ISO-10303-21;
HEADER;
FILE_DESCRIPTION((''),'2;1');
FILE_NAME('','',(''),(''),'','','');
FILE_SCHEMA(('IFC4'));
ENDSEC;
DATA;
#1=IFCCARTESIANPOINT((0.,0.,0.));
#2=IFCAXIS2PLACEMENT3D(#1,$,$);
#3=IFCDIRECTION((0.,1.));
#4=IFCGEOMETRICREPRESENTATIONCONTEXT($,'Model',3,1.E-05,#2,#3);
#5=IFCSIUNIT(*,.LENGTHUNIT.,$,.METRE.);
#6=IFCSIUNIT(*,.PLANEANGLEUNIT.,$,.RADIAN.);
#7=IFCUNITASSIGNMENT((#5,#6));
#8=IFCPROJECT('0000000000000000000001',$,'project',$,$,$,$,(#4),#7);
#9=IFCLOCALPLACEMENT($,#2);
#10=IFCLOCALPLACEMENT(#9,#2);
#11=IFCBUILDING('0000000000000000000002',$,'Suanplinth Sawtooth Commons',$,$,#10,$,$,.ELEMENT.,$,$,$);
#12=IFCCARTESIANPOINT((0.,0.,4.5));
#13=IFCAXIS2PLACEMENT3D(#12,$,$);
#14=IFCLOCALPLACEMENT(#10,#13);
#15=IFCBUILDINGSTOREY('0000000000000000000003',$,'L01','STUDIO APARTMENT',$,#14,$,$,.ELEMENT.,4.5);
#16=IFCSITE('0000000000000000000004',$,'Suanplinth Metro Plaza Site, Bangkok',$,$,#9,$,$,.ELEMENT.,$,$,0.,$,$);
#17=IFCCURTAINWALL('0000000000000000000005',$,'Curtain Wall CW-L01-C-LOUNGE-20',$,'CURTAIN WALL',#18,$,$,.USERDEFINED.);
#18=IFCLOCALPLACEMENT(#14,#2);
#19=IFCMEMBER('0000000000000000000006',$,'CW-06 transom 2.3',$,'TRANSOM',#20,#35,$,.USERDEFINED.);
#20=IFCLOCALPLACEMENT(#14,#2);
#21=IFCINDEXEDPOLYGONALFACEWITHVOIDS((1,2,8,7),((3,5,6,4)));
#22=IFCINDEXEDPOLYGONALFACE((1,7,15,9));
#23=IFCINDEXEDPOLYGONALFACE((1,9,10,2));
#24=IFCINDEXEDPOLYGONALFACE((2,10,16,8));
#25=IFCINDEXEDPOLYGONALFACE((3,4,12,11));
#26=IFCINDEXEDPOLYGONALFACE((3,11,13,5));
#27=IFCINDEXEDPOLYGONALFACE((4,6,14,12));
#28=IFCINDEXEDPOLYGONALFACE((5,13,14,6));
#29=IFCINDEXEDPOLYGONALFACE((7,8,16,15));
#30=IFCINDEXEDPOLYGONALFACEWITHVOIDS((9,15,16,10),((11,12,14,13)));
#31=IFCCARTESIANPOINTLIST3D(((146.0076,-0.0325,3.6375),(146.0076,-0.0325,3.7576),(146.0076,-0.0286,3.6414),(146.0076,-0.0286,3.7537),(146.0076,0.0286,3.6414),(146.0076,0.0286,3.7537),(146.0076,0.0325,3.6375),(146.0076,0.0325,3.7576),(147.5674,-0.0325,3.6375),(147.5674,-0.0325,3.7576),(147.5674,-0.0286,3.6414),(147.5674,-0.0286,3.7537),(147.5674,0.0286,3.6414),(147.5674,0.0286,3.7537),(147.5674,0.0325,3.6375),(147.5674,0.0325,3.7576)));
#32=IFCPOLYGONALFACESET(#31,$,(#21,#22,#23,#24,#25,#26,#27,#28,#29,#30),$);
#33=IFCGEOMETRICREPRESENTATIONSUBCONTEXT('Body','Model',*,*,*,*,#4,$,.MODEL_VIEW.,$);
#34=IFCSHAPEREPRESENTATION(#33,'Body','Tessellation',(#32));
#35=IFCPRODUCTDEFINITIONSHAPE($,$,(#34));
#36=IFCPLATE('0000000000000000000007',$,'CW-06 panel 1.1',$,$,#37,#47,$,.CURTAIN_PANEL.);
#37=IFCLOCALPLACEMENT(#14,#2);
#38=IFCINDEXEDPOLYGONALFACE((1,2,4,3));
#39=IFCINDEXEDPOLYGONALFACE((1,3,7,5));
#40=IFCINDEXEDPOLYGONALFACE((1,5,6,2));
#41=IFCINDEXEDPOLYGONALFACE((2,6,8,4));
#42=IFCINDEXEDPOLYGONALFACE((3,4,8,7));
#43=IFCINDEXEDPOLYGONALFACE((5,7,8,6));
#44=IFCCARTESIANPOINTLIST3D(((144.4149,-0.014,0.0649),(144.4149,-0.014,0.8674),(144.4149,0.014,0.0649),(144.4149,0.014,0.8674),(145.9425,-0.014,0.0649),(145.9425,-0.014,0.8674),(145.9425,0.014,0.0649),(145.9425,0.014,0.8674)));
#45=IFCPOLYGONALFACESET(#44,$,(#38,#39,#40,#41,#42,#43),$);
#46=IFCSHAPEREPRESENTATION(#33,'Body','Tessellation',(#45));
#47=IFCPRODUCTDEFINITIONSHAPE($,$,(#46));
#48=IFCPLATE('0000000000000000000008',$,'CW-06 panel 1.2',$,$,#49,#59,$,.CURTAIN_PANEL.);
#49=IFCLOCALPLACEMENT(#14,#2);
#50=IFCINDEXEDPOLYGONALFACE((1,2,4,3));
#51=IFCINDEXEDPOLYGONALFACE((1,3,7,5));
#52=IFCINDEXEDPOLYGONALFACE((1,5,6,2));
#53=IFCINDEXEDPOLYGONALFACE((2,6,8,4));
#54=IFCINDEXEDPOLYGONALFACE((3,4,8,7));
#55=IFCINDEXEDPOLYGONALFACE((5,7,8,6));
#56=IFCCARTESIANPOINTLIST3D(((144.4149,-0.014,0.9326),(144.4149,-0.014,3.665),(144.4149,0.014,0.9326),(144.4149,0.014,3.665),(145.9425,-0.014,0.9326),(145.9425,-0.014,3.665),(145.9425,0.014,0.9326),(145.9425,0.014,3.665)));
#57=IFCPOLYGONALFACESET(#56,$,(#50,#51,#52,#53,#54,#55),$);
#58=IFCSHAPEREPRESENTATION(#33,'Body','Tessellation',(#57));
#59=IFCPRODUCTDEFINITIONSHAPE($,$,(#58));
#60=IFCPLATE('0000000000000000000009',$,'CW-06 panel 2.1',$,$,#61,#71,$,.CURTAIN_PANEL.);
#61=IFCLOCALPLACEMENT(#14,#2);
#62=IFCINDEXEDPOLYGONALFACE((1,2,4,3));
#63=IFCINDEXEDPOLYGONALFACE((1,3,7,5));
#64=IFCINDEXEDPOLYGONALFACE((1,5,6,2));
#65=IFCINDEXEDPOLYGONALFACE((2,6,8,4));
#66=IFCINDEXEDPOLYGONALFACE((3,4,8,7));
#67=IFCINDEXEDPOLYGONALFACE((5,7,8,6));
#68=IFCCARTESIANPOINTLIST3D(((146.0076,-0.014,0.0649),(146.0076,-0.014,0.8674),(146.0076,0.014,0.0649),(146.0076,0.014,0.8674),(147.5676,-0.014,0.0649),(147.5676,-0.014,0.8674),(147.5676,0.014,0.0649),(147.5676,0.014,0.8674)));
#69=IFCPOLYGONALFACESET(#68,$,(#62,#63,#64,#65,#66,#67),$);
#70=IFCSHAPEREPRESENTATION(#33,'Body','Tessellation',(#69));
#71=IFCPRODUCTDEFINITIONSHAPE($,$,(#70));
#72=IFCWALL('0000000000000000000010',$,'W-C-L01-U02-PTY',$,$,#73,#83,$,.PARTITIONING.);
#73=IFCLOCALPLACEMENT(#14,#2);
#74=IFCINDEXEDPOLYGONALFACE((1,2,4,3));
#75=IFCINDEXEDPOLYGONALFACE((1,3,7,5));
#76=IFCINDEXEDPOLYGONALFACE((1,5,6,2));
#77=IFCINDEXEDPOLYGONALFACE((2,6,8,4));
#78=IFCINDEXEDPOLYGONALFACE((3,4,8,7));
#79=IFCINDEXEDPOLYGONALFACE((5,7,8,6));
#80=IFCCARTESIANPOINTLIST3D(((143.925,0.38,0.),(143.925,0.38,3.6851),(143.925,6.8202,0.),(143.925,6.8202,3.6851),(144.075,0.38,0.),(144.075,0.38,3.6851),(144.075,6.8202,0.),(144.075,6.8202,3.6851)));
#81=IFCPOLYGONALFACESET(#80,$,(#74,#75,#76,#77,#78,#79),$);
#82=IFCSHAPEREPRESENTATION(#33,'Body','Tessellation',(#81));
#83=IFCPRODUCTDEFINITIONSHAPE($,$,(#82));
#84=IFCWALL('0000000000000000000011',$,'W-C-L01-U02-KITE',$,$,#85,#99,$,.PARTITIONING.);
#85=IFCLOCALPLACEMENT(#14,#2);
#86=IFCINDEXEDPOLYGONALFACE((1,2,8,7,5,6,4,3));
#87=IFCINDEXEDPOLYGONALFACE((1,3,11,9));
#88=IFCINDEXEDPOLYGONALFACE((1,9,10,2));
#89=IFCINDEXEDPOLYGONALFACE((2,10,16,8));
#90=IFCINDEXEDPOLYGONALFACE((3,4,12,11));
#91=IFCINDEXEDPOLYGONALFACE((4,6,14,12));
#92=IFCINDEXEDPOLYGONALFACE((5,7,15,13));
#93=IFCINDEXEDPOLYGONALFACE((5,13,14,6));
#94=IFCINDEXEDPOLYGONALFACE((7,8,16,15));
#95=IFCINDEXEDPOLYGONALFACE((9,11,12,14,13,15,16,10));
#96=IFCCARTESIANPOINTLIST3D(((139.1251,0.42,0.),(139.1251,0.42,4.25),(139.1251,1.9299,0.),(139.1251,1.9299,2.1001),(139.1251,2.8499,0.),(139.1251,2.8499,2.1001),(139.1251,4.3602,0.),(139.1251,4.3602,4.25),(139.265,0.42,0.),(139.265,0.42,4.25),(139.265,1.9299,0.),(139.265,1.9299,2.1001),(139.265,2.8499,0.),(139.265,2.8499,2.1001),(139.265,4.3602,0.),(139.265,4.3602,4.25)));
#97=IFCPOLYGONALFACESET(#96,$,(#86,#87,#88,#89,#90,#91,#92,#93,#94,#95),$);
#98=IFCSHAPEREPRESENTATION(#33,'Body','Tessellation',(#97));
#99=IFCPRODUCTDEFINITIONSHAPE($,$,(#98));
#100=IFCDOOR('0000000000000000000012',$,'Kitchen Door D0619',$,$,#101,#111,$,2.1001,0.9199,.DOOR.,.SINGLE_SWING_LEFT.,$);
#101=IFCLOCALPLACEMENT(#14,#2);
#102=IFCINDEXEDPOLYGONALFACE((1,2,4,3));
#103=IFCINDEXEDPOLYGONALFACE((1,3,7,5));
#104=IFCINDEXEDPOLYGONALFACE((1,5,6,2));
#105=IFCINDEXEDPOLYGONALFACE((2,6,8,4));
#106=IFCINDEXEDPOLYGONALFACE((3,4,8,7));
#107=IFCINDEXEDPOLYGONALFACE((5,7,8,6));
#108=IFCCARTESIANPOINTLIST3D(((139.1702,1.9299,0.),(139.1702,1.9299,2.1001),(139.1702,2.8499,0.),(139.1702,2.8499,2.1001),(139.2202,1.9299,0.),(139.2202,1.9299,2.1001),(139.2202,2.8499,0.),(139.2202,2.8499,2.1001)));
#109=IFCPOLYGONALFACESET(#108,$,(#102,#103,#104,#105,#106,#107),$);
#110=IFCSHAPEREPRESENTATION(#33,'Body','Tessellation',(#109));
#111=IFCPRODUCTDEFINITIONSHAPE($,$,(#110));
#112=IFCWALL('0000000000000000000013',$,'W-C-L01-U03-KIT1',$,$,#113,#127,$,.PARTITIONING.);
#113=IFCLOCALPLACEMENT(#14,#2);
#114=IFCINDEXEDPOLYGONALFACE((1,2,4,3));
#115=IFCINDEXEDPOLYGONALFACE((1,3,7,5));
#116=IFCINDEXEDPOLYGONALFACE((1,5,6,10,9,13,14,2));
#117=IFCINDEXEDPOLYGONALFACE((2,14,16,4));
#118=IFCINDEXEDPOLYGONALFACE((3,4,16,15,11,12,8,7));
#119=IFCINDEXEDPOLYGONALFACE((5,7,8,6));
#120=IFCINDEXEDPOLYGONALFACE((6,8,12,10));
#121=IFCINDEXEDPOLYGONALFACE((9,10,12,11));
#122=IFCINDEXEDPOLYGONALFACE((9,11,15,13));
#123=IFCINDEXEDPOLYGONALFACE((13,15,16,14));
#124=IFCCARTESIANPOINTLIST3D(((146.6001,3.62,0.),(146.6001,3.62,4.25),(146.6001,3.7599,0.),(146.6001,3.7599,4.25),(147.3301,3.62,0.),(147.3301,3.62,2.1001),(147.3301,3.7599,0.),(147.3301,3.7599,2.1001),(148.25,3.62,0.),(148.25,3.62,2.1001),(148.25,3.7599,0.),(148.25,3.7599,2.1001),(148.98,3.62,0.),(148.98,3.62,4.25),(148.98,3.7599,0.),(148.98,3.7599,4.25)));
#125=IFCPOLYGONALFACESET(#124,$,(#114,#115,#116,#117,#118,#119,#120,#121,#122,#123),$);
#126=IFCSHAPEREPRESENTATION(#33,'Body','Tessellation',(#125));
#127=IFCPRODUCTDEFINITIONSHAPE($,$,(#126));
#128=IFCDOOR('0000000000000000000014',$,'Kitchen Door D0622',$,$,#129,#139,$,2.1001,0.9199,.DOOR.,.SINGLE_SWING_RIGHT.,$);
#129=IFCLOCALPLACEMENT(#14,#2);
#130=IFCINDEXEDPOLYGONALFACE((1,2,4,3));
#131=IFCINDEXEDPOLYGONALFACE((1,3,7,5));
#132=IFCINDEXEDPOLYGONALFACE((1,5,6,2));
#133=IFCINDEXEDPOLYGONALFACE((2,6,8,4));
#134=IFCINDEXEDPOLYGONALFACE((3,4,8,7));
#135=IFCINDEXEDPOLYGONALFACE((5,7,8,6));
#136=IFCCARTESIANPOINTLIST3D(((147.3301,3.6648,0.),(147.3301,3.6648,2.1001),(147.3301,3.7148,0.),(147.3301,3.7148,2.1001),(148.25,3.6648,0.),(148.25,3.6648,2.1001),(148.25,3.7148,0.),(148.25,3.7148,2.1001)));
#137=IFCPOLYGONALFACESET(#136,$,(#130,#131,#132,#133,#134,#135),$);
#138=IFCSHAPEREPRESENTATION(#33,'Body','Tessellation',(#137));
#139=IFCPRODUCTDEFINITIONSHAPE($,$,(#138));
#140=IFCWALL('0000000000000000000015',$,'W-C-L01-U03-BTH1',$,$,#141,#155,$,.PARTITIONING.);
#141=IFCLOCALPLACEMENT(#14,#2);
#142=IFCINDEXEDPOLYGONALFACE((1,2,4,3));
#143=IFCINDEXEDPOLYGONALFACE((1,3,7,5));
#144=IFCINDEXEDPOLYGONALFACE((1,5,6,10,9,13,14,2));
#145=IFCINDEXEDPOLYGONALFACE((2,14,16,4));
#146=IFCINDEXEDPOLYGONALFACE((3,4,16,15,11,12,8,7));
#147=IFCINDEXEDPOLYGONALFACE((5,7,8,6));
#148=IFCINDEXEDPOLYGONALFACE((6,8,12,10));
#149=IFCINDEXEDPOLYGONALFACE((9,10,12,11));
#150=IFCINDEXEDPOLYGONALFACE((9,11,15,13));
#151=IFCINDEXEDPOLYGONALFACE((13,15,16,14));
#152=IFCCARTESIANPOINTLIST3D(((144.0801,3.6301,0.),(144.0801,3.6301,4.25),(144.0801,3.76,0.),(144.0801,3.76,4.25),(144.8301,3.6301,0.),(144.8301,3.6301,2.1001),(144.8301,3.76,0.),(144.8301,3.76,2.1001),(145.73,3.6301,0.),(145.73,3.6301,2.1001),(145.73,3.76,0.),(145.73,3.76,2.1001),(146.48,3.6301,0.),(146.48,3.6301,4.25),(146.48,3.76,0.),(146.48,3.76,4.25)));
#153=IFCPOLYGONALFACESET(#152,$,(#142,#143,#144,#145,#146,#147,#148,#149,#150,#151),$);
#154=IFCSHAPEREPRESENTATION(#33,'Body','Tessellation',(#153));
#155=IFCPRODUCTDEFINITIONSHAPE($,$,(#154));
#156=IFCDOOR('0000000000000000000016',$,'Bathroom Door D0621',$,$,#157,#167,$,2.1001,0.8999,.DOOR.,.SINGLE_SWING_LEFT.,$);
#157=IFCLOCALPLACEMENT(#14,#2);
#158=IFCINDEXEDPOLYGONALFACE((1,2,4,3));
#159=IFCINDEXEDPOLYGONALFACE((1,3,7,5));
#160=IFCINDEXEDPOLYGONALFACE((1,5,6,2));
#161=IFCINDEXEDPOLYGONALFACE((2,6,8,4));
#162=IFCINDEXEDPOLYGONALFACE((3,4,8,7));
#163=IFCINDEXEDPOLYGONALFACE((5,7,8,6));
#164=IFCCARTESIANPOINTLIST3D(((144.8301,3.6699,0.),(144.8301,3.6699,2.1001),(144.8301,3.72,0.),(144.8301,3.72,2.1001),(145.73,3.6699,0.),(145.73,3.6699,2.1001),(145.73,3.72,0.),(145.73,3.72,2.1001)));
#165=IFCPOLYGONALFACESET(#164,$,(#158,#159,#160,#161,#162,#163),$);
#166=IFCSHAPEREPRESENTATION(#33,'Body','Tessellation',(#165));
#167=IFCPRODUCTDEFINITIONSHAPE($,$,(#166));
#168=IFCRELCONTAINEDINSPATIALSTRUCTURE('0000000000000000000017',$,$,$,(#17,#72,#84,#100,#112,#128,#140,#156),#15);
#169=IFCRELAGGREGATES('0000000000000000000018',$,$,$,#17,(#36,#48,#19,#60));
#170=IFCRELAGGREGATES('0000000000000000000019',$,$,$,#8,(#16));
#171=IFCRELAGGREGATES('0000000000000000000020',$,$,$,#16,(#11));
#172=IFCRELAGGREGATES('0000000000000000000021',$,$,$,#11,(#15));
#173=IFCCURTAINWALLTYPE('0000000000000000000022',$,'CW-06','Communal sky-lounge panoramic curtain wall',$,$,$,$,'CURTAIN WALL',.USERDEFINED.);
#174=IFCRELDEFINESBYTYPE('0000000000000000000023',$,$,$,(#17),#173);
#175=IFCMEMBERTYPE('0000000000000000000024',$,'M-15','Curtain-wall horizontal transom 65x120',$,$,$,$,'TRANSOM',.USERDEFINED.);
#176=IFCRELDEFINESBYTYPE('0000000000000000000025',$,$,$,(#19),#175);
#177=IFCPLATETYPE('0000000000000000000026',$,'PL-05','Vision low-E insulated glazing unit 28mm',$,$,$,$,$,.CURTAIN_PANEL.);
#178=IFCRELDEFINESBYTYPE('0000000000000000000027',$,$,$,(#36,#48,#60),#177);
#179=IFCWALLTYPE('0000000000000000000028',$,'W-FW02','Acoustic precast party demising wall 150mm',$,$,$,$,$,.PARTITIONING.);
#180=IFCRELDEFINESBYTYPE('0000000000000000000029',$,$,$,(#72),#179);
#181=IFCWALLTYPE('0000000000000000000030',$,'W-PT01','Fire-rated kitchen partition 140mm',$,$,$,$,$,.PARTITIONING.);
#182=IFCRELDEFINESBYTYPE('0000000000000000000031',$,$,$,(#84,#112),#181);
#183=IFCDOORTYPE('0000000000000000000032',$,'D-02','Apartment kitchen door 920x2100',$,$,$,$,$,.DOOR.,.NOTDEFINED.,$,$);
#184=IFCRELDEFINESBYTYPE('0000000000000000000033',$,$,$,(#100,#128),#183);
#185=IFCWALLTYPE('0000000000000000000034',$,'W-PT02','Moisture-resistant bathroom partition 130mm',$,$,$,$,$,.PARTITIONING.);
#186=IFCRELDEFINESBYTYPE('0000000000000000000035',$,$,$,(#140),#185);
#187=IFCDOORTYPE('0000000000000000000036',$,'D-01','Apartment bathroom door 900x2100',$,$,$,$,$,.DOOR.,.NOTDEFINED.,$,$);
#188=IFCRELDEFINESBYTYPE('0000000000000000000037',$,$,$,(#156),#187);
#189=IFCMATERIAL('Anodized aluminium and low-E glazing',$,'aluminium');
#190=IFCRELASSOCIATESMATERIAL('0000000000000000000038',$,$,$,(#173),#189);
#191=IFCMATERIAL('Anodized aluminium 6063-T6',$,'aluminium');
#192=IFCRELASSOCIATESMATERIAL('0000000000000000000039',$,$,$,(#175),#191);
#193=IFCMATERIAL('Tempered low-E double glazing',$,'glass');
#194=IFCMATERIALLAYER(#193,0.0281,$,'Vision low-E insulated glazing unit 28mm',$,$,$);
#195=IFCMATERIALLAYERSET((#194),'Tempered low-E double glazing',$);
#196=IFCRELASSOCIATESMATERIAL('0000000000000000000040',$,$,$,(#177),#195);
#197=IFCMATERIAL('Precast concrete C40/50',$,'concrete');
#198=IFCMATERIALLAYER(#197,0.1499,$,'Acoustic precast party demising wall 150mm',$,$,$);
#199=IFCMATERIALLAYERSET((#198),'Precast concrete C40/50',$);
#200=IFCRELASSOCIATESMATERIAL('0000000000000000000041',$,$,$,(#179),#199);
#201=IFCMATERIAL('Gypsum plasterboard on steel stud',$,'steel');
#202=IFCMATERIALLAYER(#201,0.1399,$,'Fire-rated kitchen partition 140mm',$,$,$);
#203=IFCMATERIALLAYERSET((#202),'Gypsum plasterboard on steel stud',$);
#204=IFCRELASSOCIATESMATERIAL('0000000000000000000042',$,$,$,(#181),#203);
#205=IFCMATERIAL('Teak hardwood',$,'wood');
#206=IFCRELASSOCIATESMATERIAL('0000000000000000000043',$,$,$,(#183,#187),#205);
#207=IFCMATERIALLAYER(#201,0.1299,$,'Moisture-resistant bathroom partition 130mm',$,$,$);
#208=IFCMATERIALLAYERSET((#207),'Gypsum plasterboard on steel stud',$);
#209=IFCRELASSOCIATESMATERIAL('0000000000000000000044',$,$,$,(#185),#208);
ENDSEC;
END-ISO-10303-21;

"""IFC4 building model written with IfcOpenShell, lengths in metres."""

from ifc_helpers import new_model, si_unit, direction, frame, frame_2d, origin, origin_2d, place, context, subcontext, project, spatial, rectangle, hollow_rectangle, extrude, material, layer, layer_set, material_profile, profile_set, type_object, element, fill, aggregate, save


model = new_model("IFC4")

# Units and contexts
model_context = context("Model", 3, precision=1e-05, world=origin(), true_north=direction((0.0, 1.0)))
body_context = subcontext(model_context, "Body", "Model", "MODEL_VIEW")
ifc_project = project(units=[si_unit("LENGTHUNIT", "METRE"), si_unit("PLANEANGLEUNIT", "RADIAN")], contexts=[model_context])

# Site, building, storey
site_placement = place(None, origin())
site = spatial("IfcSite", under=ifc_project, at=site_placement, Name="Suanplinth Metro Plaza Site, Bangkok", CompositionType="ELEMENT", RefElevation=0.0)
building_placement = place(site_placement, origin())
building = spatial("IfcBuilding", under=site, at=building_placement, Name="Suanplinth Sawtooth Commons", CompositionType="ELEMENT")
storey_placement = place(building_placement, frame((0.0, 0.0, 4.5)))
storey = spatial("IfcBuildingStorey", under=building, at=storey_placement, Name="L01", Description="STUDIO APARTMENT", CompositionType="ELEMENT", Elevation=4.5)

# Shared definitions
ifc_material_1 = material(Name="Precast concrete C40/50", Category="concrete")

# Curtain wall, member, plates
ifc_material_2 = material(Name="Anodized aluminium and low-E glazing", Category="aluminium")
curtain_wall_type = type_object("IfcCurtainWallType", Name="CW-06", Description="Communal sky-lounge panoramic curtain wall", ElementType="CURTAIN WALL", PredefinedType="USERDEFINED", material=ifc_material_2)
curtain_wall_placement = place(storey_placement, origin())
curtain_wall = element("IfcCurtainWall", 1, at=curtain_wall_placement, inside=storey, type_object=curtain_wall_type, Name="Curtain Wall CW-L01-C-LOUNGE-20", ObjectType="CURTAIN WALL", PredefinedType="USERDEFINED")
ifc_material_3 = material(Name="Anodized aluminium 6063-T6", Category="aluminium")
ifc_material_profile_1 = material_profile(ifc_material_3, hollow_rectangle(XDim=0.0649, YDim=0.1201, WallThickness=0.0039, at=origin_2d()), Name="ALU-TRN 65x120")
ifc_profile_set_1 = profile_set([ifc_material_profile_1], Name="Anodized aluminium 6063-T6")
member_type_1 = type_object("IfcMemberType", Name="M-15", Description="Curtain-wall horizontal transom 65x120", ElementType="TRANSOM", PredefinedType="USERDEFINED", material=ifc_profile_set_1)
member_1_placement = place(storey_placement, frame((146.0076, 0.0, 3.6975), z_axis=(1.0, 0.0, 0.0), x_axis=(0.0, 1.0, 0.0)))
member_1 = element("IfcMember", 2, at=member_1_placement, type_object=member_type_1, Name="CW-06 transom 2.3", ObjectType="TRANSOM", PredefinedType="USERDEFINED", context=body_context, shape_type="SweptSolid", body=[
    extrude(hollow_rectangle(XDim=0.0649, YDim=0.1201, WallThickness=0.0039, at=origin_2d()), origin(), (0.0, 0.0, 1.0), 1.5598),
])
ifc_material_4 = material(Name="Tempered low-E double glazing", Category="glass")
ifc_layer_1 = layer(ifc_material_4, 0.0281, Name="Vision low-E insulated glazing unit 28mm")
ifc_layer_set_1 = layer_set([ifc_layer_1], Name="Tempered low-E double glazing")
plate_type = type_object("IfcPlateType", Name="PL-05", Description="Vision low-E insulated glazing unit 28mm", PredefinedType="CURTAIN_PANEL", material=ifc_layer_set_1)
plate_1_placement = place(storey_placement, frame((145.1787, 0.0, 0.0649), z_axis=(0.0, 0.0, 1.0), x_axis=(1.0, 0.0, 0.0)))
plate_1 = element("IfcPlate", 3, at=plate_1_placement, type_object=plate_type, Name="CW-06 panel 1.1", PredefinedType="CURTAIN_PANEL", context=body_context, shape_type="SweptSolid", body=[
    extrude(rectangle(XDim=1.5276, YDim=0.0281, at=origin_2d()), origin(), (0.0, 0.0, 1.0), 0.8025),
])
plate_2_placement = place(storey_placement, frame((145.1787, 0.0, 0.9326), z_axis=(0.0, 0.0, 1.0), x_axis=(1.0, 0.0, 0.0)))
plate_2 = element("IfcPlate", 4, at=plate_2_placement, type_object=plate_type, Name="CW-06 panel 1.2", PredefinedType="CURTAIN_PANEL", context=body_context, shape_type="SweptSolid", body=[
    extrude(rectangle(XDim=1.5276, YDim=0.0281, at=origin_2d()), origin(), (0.0, 0.0, 1.0), 2.7324),
])
plate_3_placement = place(storey_placement, frame((146.7876, 0.0, 0.0649), z_axis=(0.0, 0.0, 1.0), x_axis=(1.0, 0.0, 0.0)))
plate_3 = element("IfcPlate", 5, at=plate_3_placement, type_object=plate_type, Name="CW-06 panel 2.1", PredefinedType="CURTAIN_PANEL", context=body_context, shape_type="SweptSolid", body=[
    extrude(rectangle(XDim=1.5601, YDim=0.0281, at=origin_2d()), origin(), (0.0, 0.0, 1.0), 0.8025),
])
aggregate(curtain_wall, [plate_1, plate_2, member_1, plate_3])

# Wall
ifc_layer_2 = layer(ifc_material_1, 0.1499, Name="Acoustic precast party demising wall 150mm")
ifc_layer_set_2 = layer_set([ifc_layer_2], Name="Precast concrete C40/50")
wall_type_1 = type_object("IfcWallType", Name="W-FW02", Description="Acoustic precast party demising wall 150mm", PredefinedType="PARTITIONING", material=ifc_layer_set_2)
wall_1_placement = place(storey_placement, frame((144.0, 0.3799, 0.0), z_axis=(0.0, 0.0, 1.0), x_axis=(0.0, 1.0, 0.0)))
element("IfcWall", 6, at=wall_1_placement, inside=storey, type_object=wall_type_1, Name="W-C-L01-U02-PTY", PredefinedType="PARTITIONING", context=body_context, shape_type="SweptSolid", body=[
    extrude(rectangle(XDim=6.4402, YDim=0.1499, at=frame_2d((3.2202, 0.0))), origin(), (0.0, 0.0, 1.0), 3.6851),
])

# Walls, openings, doors
ifc_material_5 = material(Name="Gypsum plasterboard on steel stud", Category="steel")
ifc_layer_3 = layer(ifc_material_5, 0.1399, Name="Fire-rated kitchen partition 140mm")
ifc_layer_set_3 = layer_set([ifc_layer_3], Name="Gypsum plasterboard on steel stud")
wall_type_2 = type_object("IfcWallType", Name="W-PT01", Description="Fire-rated kitchen partition 140mm", PredefinedType="PARTITIONING", material=ifc_layer_set_3)
wall_2_placement = place(storey_placement, frame((139.1951, 0.4199, 0.0), z_axis=(0.0, 0.0, 1.0), x_axis=(0.0, 1.0, 0.0)))
wall_2 = element("IfcWall", 7, at=wall_2_placement, inside=storey, type_object=wall_type_2, Name="W-C-L01-U02-KITE", PredefinedType="PARTITIONING", context=body_context, shape_type="SweptSolid", body=[
    extrude(rectangle(XDim=3.9402, YDim=0.1399, at=frame_2d((1.9702, 0.0))), origin(), (0.0, 0.0, 1.0), 4.25),
])
opening_1_placement = place(wall_2_placement, frame((1.51, 0.0, 0.0)))
opening_1 = element("IfcOpeningElement", 8, at=opening_1_placement, cuts=wall_2, PredefinedType="OPENING", context=body_context, shape_type="SweptSolid", body=[
    extrude(rectangle(XDim=0.9199, YDim=2.1001, at=frame_2d((0.46, 1.05))), frame((0.0, 0.085, 0.0), z_axis=(0.0, -1.0, 0.0), x_axis=(1.0, 0.0, 0.0)), (0.0, 0.0, 1.0), 0.1697),
])
ifc_material_6 = material(Name="Teak hardwood", Category="wood")
door_type_1 = type_object("IfcDoorType", Name="D-02", Description="Apartment kitchen door 920x2100", OperationType="NOTDEFINED", PredefinedType="DOOR", material=ifc_material_6)
door_1_placement = place(opening_1_placement, origin())
door_1 = element("IfcDoor", 9, at=door_1_placement, inside=storey, type_object=door_type_1, Name="Kitchen Door D0619", OperationType="SINGLE_SWING_LEFT", OverallHeight=2.1001, OverallWidth=0.9199, PredefinedType="DOOR", context=body_context, shape_type="SweptSolid", body=[
    extrude(rectangle(XDim=0.9199, YDim=2.1001, at=frame_2d((0.46, 1.05))), frame((0.0, 0.0249, 0.0), z_axis=(0.0, -1.0, 0.0), x_axis=(1.0, 0.0, 0.0)), (0.0, 0.0, 1.0), 0.05),
])
fill(opening_1, door_1)
wall_3_placement = place(storey_placement, frame((146.6001, 3.6899, 0.0), z_axis=(0.0, 0.0, 1.0), x_axis=(1.0, 0.0, 0.0)))
wall_3 = element("IfcWall", 10, at=wall_3_placement, inside=storey, type_object=wall_type_2, Name="W-C-L01-U03-KIT1", PredefinedType="PARTITIONING", context=body_context, shape_type="SweptSolid", body=[
    extrude(rectangle(XDim=2.3799, YDim=0.1399, at=frame_2d((1.1899, 0.0))), origin(), (0.0, 0.0, 1.0), 4.25),
])
opening_2_placement = place(wall_3_placement, frame((0.73, 0.0, 0.0)))
opening_2 = element("IfcOpeningElement", 11, at=opening_2_placement, cuts=wall_3, PredefinedType="OPENING", context=body_context, shape_type="SweptSolid", body=[
    extrude(rectangle(XDim=0.9199, YDim=2.1001, at=frame_2d((0.46, 1.05))), frame((0.0, 0.085, 0.0), z_axis=(0.0, -1.0, 0.0), x_axis=(1.0, 0.0, 0.0)), (0.0, 0.0, 1.0), 0.1697),
])
door_2_placement = place(opening_2_placement, origin())
door_2 = element("IfcDoor", 12, at=door_2_placement, inside=storey, type_object=door_type_1, Name="Kitchen Door D0622", OperationType="SINGLE_SWING_RIGHT", OverallHeight=2.1001, OverallWidth=0.9199, PredefinedType="DOOR", context=body_context, shape_type="SweptSolid", body=[
    extrude(rectangle(XDim=0.9199, YDim=2.1001, at=frame_2d((0.46, 1.05))), frame((0.0, 0.0249, 0.0), z_axis=(0.0, -1.0, 0.0), x_axis=(1.0, 0.0, 0.0)), (0.0, 0.0, 1.0), 0.05),
])
fill(opening_2, door_2)
ifc_layer_4 = layer(ifc_material_5, 0.1299, Name="Moisture-resistant bathroom partition 130mm")
ifc_layer_set_4 = layer_set([ifc_layer_4], Name="Gypsum plasterboard on steel stud")
wall_type_3 = type_object("IfcWallType", Name="W-PT02", Description="Moisture-resistant bathroom partition 130mm", PredefinedType="PARTITIONING", material=ifc_layer_set_4)
wall_4_placement = place(storey_placement, frame((144.0801, 3.6951, 0.0), z_axis=(0.0, 0.0, 1.0), x_axis=(1.0, 0.0, 0.0)))
wall_4 = element("IfcWall", 13, at=wall_4_placement, inside=storey, type_object=wall_type_3, Name="W-C-L01-U03-BTH1", PredefinedType="PARTITIONING", context=body_context, shape_type="SweptSolid", body=[
    extrude(rectangle(XDim=2.3999, YDim=0.1299, at=frame_2d((1.2, 0.0))), origin(), (0.0, 0.0, 1.0), 4.25),
])
opening_3_placement = place(wall_4_placement, frame((0.75, 0.0, 0.0)))
opening_3 = element("IfcOpeningElement", 14, at=opening_3_placement, cuts=wall_4, PredefinedType="OPENING", context=body_context, shape_type="SweptSolid", body=[
    extrude(rectangle(XDim=0.8999, YDim=2.1001, at=frame_2d((0.45, 1.05))), frame((0.0, 0.0798, 0.0), z_axis=(0.0, -1.0, 0.0), x_axis=(1.0, 0.0, 0.0)), (0.0, 0.0, 1.0), 0.1597),
])
door_type_2 = type_object("IfcDoorType", Name="D-01", Description="Apartment bathroom door 900x2100", OperationType="NOTDEFINED", PredefinedType="DOOR", material=ifc_material_6)
door_3_placement = place(opening_3_placement, origin())
door_3 = element("IfcDoor", 15, at=door_3_placement, inside=storey, type_object=door_type_2, Name="Bathroom Door D0621", OperationType="SINGLE_SWING_LEFT", OverallHeight=2.1001, OverallWidth=0.8999, PredefinedType="DOOR", context=body_context, shape_type="SweptSolid", body=[
    extrude(rectangle(XDim=0.8999, YDim=2.1001, at=frame_2d((0.45, 1.05))), frame((0.0, 0.0249, 0.0), z_axis=(0.0, -1.0, 0.0), x_axis=(1.0, 0.0, 0.0)), (0.0, 0.0, 1.0), 0.05),
])
fill(opening_3, door_3)

save(model, "model.ifc")
